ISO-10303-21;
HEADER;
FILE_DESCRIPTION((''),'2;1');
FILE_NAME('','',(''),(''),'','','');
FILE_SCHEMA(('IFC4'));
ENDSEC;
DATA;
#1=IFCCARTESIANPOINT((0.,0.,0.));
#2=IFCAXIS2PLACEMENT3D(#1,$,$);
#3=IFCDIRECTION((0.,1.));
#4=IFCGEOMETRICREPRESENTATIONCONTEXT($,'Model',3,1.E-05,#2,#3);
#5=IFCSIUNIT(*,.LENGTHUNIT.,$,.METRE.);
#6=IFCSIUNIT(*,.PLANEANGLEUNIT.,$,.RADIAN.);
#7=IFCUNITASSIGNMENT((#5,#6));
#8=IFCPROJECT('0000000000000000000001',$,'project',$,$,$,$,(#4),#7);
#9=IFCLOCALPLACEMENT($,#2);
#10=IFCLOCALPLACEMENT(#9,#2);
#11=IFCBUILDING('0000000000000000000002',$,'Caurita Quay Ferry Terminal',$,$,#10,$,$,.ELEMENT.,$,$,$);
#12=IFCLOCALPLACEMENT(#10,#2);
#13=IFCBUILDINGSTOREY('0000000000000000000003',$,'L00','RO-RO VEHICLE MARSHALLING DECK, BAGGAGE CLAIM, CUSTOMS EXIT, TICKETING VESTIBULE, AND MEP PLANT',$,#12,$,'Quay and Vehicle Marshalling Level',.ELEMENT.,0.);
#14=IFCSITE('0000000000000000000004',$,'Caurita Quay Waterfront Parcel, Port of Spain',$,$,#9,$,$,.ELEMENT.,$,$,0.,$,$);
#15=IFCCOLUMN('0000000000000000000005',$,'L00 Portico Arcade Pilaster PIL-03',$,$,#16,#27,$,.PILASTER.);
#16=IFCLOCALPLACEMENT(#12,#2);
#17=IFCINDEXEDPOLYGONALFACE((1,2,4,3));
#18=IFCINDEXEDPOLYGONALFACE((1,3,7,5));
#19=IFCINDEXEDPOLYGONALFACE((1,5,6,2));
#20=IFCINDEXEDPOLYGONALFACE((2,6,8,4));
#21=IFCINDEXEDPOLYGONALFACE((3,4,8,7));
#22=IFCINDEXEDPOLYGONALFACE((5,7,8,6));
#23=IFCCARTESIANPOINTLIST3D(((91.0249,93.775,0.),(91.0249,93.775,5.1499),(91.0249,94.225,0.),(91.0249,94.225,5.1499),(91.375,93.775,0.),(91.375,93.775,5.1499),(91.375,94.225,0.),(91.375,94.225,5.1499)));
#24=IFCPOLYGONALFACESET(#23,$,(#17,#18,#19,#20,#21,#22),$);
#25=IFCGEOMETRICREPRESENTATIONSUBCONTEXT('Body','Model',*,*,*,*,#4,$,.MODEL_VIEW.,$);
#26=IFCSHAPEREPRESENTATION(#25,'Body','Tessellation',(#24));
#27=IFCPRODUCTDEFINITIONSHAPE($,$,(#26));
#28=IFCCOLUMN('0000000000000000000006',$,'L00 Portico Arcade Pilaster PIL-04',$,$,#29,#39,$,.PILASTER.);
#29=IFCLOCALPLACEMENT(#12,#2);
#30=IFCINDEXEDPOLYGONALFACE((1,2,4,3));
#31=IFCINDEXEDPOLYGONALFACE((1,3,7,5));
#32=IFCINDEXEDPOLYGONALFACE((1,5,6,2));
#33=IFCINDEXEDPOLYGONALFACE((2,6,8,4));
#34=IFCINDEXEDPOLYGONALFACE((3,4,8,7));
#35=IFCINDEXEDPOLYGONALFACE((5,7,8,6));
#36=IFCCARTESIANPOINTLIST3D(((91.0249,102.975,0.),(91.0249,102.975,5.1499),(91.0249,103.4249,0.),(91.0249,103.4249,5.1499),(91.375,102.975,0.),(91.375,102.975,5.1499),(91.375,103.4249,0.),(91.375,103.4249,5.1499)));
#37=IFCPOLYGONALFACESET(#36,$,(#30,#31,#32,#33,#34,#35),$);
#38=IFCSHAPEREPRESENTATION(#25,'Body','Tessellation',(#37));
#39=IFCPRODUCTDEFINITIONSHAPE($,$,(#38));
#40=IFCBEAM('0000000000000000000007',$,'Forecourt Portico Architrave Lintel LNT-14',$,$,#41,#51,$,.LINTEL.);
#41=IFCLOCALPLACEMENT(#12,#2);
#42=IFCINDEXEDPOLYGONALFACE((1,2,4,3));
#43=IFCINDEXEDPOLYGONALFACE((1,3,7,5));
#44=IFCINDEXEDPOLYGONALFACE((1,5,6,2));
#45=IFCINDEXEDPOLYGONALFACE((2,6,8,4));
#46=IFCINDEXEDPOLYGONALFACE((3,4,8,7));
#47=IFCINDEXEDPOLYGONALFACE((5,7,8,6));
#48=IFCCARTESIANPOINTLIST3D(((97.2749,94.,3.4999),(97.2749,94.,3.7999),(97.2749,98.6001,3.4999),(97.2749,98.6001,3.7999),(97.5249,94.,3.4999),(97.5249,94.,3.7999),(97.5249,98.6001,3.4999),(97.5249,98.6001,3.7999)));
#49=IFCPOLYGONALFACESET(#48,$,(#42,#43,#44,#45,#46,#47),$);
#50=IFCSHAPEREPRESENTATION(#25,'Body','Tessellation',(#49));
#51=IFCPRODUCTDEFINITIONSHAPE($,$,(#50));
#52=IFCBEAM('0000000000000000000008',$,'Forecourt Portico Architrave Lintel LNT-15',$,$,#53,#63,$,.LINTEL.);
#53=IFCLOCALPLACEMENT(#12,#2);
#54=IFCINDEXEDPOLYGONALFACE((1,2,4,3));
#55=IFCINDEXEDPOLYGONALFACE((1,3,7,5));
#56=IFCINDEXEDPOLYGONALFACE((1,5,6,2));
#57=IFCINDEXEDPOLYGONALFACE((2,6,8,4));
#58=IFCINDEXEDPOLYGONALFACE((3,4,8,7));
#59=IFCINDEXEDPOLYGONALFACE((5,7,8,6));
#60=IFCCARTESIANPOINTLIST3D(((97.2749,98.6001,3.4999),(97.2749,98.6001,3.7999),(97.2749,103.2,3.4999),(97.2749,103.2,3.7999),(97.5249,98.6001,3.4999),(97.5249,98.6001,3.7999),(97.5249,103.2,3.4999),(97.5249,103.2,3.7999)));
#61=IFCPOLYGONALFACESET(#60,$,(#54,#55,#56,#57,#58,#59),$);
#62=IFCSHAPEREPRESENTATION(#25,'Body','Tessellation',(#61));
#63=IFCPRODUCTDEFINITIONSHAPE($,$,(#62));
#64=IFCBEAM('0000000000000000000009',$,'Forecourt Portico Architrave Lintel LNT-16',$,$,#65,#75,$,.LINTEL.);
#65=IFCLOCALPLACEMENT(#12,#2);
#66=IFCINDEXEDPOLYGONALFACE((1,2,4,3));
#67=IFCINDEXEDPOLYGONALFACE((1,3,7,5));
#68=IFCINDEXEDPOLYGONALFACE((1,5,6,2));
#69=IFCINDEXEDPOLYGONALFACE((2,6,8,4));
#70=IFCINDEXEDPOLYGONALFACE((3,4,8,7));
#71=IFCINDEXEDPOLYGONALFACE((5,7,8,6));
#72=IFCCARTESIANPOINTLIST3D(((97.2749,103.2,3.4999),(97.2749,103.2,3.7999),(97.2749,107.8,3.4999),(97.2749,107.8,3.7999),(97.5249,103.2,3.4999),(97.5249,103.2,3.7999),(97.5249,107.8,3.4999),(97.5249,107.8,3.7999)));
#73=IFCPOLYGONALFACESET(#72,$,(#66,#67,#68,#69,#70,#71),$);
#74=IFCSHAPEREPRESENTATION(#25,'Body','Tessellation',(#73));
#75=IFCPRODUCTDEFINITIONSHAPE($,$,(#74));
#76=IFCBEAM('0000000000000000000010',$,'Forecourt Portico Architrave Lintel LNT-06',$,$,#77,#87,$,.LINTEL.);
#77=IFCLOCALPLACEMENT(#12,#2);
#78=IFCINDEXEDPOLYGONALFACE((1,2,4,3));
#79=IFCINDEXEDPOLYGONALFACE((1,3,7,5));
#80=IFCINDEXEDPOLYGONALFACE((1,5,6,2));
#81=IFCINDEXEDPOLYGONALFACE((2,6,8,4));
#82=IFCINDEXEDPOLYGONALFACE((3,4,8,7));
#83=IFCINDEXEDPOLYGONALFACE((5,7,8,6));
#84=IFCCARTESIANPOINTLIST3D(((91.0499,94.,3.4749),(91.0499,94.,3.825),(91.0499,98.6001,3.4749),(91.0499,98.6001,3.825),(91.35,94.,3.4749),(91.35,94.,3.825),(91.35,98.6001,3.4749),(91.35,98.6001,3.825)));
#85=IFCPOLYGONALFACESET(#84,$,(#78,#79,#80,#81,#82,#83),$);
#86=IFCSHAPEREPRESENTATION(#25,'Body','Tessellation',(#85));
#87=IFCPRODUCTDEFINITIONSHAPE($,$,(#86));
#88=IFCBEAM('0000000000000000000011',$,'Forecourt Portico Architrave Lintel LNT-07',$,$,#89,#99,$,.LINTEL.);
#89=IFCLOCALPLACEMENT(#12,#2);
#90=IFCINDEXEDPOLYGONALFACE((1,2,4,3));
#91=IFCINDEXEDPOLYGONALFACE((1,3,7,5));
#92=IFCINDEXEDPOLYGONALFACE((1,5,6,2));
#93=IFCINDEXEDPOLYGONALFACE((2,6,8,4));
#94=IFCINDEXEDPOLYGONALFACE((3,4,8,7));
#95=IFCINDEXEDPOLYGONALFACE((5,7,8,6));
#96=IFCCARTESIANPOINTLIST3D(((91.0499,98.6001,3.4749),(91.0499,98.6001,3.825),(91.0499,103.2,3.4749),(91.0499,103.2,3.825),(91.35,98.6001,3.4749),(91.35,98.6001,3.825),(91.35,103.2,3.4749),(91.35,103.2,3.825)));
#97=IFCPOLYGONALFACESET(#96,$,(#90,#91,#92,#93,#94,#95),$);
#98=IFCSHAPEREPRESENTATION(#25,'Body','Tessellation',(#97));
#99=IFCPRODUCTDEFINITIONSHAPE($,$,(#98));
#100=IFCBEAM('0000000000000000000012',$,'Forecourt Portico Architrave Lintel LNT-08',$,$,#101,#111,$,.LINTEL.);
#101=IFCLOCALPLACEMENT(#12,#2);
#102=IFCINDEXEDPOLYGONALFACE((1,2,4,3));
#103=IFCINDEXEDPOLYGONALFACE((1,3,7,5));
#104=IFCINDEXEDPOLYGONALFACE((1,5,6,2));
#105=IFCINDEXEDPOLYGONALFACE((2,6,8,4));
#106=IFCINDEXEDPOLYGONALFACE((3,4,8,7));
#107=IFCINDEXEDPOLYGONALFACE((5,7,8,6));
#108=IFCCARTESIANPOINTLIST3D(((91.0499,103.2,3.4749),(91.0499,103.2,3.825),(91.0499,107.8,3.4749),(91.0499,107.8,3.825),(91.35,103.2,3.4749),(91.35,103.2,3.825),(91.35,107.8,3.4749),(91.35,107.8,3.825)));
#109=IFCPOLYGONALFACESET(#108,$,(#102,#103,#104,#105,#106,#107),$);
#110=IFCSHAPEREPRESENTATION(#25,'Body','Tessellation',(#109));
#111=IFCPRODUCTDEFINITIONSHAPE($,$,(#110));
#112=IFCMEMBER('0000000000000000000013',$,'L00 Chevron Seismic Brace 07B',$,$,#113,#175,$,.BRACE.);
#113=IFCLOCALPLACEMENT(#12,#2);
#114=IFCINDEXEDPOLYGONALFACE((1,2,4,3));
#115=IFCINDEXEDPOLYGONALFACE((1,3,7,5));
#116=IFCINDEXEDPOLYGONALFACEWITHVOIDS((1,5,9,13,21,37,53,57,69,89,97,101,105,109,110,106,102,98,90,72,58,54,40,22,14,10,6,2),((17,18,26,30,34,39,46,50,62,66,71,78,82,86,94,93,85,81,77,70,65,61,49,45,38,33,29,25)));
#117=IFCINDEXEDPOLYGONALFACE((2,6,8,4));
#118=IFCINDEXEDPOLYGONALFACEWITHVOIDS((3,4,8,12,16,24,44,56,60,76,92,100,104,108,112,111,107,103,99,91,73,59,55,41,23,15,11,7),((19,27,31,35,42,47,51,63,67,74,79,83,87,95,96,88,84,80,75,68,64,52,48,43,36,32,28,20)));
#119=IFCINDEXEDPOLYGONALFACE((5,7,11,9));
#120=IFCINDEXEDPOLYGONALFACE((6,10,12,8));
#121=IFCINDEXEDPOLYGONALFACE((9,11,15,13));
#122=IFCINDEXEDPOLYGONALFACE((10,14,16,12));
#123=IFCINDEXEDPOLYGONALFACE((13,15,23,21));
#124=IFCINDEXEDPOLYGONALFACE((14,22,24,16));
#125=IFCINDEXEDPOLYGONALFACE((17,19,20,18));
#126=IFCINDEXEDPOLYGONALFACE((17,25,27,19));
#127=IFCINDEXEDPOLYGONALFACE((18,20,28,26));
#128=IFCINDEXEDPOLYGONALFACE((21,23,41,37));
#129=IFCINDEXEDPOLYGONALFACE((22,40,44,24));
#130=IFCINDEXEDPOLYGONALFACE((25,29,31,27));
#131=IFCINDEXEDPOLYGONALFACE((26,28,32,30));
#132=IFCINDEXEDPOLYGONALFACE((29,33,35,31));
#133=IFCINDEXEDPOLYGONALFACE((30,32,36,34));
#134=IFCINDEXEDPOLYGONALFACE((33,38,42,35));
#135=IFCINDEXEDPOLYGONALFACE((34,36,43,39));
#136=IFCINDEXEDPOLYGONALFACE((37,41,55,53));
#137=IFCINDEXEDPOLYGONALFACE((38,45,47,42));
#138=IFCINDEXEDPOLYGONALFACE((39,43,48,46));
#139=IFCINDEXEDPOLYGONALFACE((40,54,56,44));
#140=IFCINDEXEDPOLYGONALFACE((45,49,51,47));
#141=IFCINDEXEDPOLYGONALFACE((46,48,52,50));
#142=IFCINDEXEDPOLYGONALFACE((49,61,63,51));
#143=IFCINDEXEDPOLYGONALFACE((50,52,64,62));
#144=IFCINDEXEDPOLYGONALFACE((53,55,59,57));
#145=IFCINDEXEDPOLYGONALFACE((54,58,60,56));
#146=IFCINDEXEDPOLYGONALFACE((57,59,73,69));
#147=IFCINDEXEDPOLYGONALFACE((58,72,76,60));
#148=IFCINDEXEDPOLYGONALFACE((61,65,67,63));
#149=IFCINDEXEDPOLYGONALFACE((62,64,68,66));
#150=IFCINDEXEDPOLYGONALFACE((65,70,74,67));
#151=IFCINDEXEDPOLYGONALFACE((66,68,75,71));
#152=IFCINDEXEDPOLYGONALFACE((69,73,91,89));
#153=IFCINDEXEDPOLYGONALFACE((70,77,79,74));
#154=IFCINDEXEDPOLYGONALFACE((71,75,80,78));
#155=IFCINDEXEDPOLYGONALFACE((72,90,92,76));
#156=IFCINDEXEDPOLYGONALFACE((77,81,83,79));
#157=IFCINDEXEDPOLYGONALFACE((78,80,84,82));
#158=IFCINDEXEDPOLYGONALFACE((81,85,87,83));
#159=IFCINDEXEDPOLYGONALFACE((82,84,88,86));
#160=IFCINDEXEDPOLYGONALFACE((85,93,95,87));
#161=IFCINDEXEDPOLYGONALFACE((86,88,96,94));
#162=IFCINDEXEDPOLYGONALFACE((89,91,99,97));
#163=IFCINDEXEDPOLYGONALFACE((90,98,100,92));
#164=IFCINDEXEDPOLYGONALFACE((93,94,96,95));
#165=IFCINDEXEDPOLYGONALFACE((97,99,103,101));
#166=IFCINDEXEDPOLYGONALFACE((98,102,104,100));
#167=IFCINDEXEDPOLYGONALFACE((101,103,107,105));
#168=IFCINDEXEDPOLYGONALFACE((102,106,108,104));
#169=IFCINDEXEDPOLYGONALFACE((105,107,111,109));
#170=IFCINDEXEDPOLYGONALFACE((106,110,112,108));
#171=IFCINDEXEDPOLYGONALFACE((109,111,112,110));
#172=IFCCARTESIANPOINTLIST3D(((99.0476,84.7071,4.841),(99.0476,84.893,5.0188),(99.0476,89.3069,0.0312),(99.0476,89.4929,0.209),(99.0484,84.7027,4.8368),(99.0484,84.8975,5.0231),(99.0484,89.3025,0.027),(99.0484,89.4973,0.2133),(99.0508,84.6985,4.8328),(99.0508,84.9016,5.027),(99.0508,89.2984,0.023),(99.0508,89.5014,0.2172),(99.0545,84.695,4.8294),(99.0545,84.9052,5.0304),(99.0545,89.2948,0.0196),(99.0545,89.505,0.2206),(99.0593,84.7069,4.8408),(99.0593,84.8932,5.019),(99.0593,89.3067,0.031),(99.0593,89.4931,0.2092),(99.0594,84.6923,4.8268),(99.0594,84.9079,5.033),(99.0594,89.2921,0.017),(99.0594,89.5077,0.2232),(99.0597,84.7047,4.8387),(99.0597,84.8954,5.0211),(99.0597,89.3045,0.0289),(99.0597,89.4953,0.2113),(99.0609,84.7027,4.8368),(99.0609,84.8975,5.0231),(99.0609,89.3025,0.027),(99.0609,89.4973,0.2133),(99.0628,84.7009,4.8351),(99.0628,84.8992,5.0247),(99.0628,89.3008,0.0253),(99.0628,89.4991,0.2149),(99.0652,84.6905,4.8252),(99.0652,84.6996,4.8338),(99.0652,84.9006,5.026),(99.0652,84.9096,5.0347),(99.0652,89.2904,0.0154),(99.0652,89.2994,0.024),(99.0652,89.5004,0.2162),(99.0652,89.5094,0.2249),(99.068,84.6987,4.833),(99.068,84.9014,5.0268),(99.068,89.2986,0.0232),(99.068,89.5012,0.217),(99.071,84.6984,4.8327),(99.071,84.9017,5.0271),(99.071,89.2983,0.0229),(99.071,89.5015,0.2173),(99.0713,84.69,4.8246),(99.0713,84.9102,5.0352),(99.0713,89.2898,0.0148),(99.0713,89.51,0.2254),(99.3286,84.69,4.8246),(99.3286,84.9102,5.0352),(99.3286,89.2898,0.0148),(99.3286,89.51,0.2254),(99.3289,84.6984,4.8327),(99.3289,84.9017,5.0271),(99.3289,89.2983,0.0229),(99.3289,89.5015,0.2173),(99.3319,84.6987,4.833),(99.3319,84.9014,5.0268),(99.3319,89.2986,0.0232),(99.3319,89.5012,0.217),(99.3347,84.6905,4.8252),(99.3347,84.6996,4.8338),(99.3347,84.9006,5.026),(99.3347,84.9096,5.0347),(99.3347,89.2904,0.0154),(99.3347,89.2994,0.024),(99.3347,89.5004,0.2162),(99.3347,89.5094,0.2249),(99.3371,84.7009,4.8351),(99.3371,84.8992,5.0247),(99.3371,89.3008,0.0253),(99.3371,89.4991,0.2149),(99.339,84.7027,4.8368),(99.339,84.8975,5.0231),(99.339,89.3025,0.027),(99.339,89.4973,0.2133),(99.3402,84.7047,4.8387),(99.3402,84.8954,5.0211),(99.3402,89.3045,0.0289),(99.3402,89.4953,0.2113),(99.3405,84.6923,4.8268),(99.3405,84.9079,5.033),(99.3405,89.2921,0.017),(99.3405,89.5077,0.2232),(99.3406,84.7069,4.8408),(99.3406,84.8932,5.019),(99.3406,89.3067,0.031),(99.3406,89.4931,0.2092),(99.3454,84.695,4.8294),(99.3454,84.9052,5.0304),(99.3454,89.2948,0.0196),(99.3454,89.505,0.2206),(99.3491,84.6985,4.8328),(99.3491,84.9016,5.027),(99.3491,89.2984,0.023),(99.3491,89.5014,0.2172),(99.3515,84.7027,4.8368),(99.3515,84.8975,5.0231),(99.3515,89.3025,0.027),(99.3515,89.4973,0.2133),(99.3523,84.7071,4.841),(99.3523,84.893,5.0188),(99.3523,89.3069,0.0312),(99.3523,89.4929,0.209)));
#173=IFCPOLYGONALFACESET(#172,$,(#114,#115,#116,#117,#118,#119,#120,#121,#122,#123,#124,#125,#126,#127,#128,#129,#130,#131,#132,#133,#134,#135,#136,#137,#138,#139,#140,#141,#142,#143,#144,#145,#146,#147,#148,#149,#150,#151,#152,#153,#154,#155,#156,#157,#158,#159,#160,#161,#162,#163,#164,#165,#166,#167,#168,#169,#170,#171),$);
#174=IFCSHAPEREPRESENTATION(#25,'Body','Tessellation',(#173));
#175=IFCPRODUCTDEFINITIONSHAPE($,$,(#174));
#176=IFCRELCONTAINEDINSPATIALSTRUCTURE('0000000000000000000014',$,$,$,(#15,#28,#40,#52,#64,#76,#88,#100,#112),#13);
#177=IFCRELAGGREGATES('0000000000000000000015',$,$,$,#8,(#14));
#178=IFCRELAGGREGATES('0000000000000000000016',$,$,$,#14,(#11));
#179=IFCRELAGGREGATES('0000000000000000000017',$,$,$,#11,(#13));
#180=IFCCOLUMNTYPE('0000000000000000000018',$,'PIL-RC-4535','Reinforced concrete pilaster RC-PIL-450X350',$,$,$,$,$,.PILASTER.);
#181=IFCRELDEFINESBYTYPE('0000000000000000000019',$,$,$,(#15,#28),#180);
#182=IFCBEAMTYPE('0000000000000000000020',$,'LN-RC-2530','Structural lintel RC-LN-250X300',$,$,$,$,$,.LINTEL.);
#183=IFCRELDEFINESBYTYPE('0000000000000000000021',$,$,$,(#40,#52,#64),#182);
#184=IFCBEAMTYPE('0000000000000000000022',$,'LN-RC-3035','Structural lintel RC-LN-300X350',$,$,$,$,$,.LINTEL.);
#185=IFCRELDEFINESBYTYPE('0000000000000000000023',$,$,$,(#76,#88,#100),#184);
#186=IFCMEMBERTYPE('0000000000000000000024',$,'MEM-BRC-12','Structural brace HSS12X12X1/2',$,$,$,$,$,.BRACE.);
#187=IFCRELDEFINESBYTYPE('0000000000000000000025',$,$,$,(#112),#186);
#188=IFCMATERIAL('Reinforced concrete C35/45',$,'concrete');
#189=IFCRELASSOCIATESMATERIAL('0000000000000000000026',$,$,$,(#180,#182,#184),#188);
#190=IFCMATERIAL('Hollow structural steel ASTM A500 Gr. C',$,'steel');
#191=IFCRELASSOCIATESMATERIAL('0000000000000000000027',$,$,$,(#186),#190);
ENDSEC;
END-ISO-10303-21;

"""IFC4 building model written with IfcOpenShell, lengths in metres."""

from ifc_helpers import new_model, si_unit, direction, frame, origin, origin_2d, place, context, subcontext, project, spatial, rectangle, hollow_rectangle, extrude, material, material_profile, profile_set, type_object, element, save


model = new_model("IFC4")

# Units and contexts
model_context = context("Model", 3, precision=1e-05, world=origin(), true_north=direction((0.0, 1.0)))
body_context = subcontext(model_context, "Body", "Model", "MODEL_VIEW")
ifc_project = project(units=[si_unit("LENGTHUNIT", "METRE"), si_unit("PLANEANGLEUNIT", "RADIAN")], contexts=[model_context])

# Site, building, storey
site_placement = place(None, origin())
site = spatial("IfcSite", under=ifc_project, at=site_placement, Name="Caurita Quay Waterfront Parcel, Port of Spain", CompositionType="ELEMENT", RefElevation=0.0)
building_placement = place(site_placement, origin())
building = spatial("IfcBuilding", under=site, at=building_placement, Name="Caurita Quay Ferry Terminal", CompositionType="ELEMENT")
storey_placement = place(building_placement, origin())
storey = spatial("IfcBuildingStorey", under=building, at=storey_placement, Name="L00", Description="RO-RO VEHICLE MARSHALLING DECK, BAGGAGE CLAIM, CUSTOMS EXIT, TICKETING VESTIBULE, AND MEP PLANT", LongName="Quay and Vehicle Marshalling Level", CompositionType="ELEMENT", Elevation=0.0)

# Columns
ifc_material_1 = material(Name="Hollow structural steel ASTM A500 Gr. C", Category="steel")
ifc_material_2 = material(Name="Reinforced concrete C35/45", Category="concrete")
ifc_material_profile_1 = material_profile(ifc_material_2, rectangle(XDim=0.3501, YDim=0.45, at=origin_2d()), Name="RC-PIL-450X350")
ifc_profile_set_1 = profile_set([ifc_material_profile_1], Name="Reinforced concrete C35/45")
column_type_1 = type_object("IfcColumnType", Name="PIL-RC-4535", Description="Reinforced concrete pilaster RC-PIL-450X350", PredefinedType="PILASTER", material=ifc_profile_set_1)
for number, where, z_axis, x_axis, name in (
    (1, (91.2, 94.0, 0.0), (0.0, 0.0, 1.0), (1.0, 0.0, 0.0), "L00 Portico Arcade Pilaster PIL-03"),
    (2, (91.2, 103.2, 0.0), (0.0, 0.0, 1.0), (1.0, 0.0, 0.0), "L00 Portico Arcade Pilaster PIL-04"),
):
    element("IfcColumn", number, at=place(storey_placement, frame(where, z_axis=z_axis, x_axis=x_axis)), inside=storey, type_object=column_type_1, Name=name, PredefinedType="PILASTER", context=body_context, shape_type="SweptSolid", body=[
        extrude(rectangle(XDim=0.3501, YDim=0.45, at=origin_2d()), origin(), (0.0, 0.0, 1.0), 5.1499),
    ])

# Beams
ifc_material_profile_2 = material_profile(ifc_material_2, rectangle(XDim=0.25, YDim=0.3, at=origin_2d()), Name="RC-LN-250X300")
ifc_profile_set_2 = profile_set([ifc_material_profile_2], Name="Reinforced concrete C35/45")
beam_type_1 = type_object("IfcBeamType", Name="LN-RC-2530", Description="Structural lintel RC-LN-250X300", PredefinedType="LINTEL", material=ifc_profile_set_2)
beam_1_placement = place(storey_placement, frame((97.3999, 94.0, 3.6499), z_axis=(0.0, 1.0, 0.0), x_axis=(-1.0, 0.0, 0.0)))
element("IfcBeam", 3, at=beam_1_placement, inside=storey, type_object=beam_type_1, Name="Forecourt Portico Architrave Lintel LNT-14", PredefinedType="LINTEL", context=body_context, shape_type="SweptSolid", body=[
    extrude(rectangle(XDim=0.25, YDim=0.3, at=origin_2d()), origin(), (0.0, 0.0, 1.0), 4.6001),
])
beam_2_placement = place(storey_placement, frame((97.3999, 98.6001, 3.6499), z_axis=(0.0, 1.0, 0.0), x_axis=(-1.0, 0.0, 0.0)))
element("IfcBeam", 4, at=beam_2_placement, inside=storey, type_object=beam_type_1, Name="Forecourt Portico Architrave Lintel LNT-15", PredefinedType="LINTEL", context=body_context, shape_type="SweptSolid", body=[
    extrude(rectangle(XDim=0.25, YDim=0.3, at=origin_2d()), origin(), (0.0, 0.0, 1.0), 4.5999),
])
beam_3_placement = place(storey_placement, frame((97.3999, 103.2, 3.6499), z_axis=(0.0, 1.0, 0.0), x_axis=(-1.0, 0.0, 0.0)))
element("IfcBeam", 5, at=beam_3_placement, inside=storey, type_object=beam_type_1, Name="Forecourt Portico Architrave Lintel LNT-16", PredefinedType="LINTEL", context=body_context, shape_type="SweptSolid", body=[
    extrude(rectangle(XDim=0.25, YDim=0.3, at=origin_2d()), origin(), (0.0, 0.0, 1.0), 4.6001),
])
ifc_material_profile_3 = material_profile(ifc_material_2, rectangle(XDim=0.3, YDim=0.3501, at=origin_2d()), Name="RC-LN-300X350")
ifc_profile_set_3 = profile_set([ifc_material_profile_3], Name="Reinforced concrete C35/45")
beam_type_2 = type_object("IfcBeamType", Name="LN-RC-3035", Description="Structural lintel RC-LN-300X350", PredefinedType="LINTEL", material=ifc_profile_set_3)
beam_4_placement = place(storey_placement, frame((91.2, 94.0, 3.6499), z_axis=(0.0, 1.0, 0.0), x_axis=(-1.0, 0.0, 0.0)))
element("IfcBeam", 6, at=beam_4_placement, inside=storey, type_object=beam_type_2, Name="Forecourt Portico Architrave Lintel LNT-06", PredefinedType="LINTEL", context=body_context, shape_type="SweptSolid", body=[
    extrude(rectangle(XDim=0.3, YDim=0.3501, at=origin_2d()), origin(), (0.0, 0.0, 1.0), 4.6001),
])
beam_5_placement = place(storey_placement, frame((91.2, 98.6001, 3.6499), z_axis=(0.0, 1.0, 0.0), x_axis=(-1.0, 0.0, 0.0)))
element("IfcBeam", 7, at=beam_5_placement, inside=storey, type_object=beam_type_2, Name="Forecourt Portico Architrave Lintel LNT-07", PredefinedType="LINTEL", context=body_context, shape_type="SweptSolid", body=[
    extrude(rectangle(XDim=0.3, YDim=0.3501, at=origin_2d()), origin(), (0.0, 0.0, 1.0), 4.5999),
])
beam_6_placement = place(storey_placement, frame((91.2, 103.2, 3.6499), z_axis=(0.0, 1.0, 0.0), x_axis=(-1.0, 0.0, 0.0)))
element("IfcBeam", 8, at=beam_6_placement, inside=storey, type_object=beam_type_2, Name="Forecourt Portico Architrave Lintel LNT-08", PredefinedType="LINTEL", context=body_context, shape_type="SweptSolid", body=[
    extrude(rectangle(XDim=0.3, YDim=0.3501, at=origin_2d()), origin(), (0.0, 0.0, 1.0), 4.6001),
])

# Member
ifc_material_profile_4 = material_profile(ifc_material_1, hollow_rectangle(XDim=0.3047, YDim=0.3047, WallThickness=0.0117, InnerFilletRadius=0.0117, OuterFilletRadius=0.0237, at=origin_2d()), Name="HSS12X12X1/2")
ifc_profile_set_4 = profile_set([ifc_material_profile_4], Name="Hollow structural steel ASTM A500 Gr. C")
member_type = type_object("IfcMemberType", Name="MEM-BRC-12", Description="Structural brace HSS12X12X1/2", PredefinedType="BRACE", material=ifc_profile_set_4)
for number, where, z_axis, x_axis, name in (
    (9, (99.2, 89.3999, 0.1201), (0.0, -0.691157, 0.722705), (1.0, 0.0, 0.0), "L00 Chevron Seismic Brace 07B"),
):
    element("IfcMember", number, at=place(storey_placement, frame(where, z_axis=z_axis, x_axis=x_axis)), inside=storey, type_object=member_type, Name=name, PredefinedType="BRACE", context=body_context, shape_type="SweptSolid", body=[
        extrude(hollow_rectangle(XDim=0.3047, YDim=0.3047, WallThickness=0.0117, InnerFilletRadius=0.0117, OuterFilletRadius=0.0237, at=origin_2d()), origin(), (0.0, 0.0, 1.0), 6.6553),
    ])

save(model, "model.ifc")
